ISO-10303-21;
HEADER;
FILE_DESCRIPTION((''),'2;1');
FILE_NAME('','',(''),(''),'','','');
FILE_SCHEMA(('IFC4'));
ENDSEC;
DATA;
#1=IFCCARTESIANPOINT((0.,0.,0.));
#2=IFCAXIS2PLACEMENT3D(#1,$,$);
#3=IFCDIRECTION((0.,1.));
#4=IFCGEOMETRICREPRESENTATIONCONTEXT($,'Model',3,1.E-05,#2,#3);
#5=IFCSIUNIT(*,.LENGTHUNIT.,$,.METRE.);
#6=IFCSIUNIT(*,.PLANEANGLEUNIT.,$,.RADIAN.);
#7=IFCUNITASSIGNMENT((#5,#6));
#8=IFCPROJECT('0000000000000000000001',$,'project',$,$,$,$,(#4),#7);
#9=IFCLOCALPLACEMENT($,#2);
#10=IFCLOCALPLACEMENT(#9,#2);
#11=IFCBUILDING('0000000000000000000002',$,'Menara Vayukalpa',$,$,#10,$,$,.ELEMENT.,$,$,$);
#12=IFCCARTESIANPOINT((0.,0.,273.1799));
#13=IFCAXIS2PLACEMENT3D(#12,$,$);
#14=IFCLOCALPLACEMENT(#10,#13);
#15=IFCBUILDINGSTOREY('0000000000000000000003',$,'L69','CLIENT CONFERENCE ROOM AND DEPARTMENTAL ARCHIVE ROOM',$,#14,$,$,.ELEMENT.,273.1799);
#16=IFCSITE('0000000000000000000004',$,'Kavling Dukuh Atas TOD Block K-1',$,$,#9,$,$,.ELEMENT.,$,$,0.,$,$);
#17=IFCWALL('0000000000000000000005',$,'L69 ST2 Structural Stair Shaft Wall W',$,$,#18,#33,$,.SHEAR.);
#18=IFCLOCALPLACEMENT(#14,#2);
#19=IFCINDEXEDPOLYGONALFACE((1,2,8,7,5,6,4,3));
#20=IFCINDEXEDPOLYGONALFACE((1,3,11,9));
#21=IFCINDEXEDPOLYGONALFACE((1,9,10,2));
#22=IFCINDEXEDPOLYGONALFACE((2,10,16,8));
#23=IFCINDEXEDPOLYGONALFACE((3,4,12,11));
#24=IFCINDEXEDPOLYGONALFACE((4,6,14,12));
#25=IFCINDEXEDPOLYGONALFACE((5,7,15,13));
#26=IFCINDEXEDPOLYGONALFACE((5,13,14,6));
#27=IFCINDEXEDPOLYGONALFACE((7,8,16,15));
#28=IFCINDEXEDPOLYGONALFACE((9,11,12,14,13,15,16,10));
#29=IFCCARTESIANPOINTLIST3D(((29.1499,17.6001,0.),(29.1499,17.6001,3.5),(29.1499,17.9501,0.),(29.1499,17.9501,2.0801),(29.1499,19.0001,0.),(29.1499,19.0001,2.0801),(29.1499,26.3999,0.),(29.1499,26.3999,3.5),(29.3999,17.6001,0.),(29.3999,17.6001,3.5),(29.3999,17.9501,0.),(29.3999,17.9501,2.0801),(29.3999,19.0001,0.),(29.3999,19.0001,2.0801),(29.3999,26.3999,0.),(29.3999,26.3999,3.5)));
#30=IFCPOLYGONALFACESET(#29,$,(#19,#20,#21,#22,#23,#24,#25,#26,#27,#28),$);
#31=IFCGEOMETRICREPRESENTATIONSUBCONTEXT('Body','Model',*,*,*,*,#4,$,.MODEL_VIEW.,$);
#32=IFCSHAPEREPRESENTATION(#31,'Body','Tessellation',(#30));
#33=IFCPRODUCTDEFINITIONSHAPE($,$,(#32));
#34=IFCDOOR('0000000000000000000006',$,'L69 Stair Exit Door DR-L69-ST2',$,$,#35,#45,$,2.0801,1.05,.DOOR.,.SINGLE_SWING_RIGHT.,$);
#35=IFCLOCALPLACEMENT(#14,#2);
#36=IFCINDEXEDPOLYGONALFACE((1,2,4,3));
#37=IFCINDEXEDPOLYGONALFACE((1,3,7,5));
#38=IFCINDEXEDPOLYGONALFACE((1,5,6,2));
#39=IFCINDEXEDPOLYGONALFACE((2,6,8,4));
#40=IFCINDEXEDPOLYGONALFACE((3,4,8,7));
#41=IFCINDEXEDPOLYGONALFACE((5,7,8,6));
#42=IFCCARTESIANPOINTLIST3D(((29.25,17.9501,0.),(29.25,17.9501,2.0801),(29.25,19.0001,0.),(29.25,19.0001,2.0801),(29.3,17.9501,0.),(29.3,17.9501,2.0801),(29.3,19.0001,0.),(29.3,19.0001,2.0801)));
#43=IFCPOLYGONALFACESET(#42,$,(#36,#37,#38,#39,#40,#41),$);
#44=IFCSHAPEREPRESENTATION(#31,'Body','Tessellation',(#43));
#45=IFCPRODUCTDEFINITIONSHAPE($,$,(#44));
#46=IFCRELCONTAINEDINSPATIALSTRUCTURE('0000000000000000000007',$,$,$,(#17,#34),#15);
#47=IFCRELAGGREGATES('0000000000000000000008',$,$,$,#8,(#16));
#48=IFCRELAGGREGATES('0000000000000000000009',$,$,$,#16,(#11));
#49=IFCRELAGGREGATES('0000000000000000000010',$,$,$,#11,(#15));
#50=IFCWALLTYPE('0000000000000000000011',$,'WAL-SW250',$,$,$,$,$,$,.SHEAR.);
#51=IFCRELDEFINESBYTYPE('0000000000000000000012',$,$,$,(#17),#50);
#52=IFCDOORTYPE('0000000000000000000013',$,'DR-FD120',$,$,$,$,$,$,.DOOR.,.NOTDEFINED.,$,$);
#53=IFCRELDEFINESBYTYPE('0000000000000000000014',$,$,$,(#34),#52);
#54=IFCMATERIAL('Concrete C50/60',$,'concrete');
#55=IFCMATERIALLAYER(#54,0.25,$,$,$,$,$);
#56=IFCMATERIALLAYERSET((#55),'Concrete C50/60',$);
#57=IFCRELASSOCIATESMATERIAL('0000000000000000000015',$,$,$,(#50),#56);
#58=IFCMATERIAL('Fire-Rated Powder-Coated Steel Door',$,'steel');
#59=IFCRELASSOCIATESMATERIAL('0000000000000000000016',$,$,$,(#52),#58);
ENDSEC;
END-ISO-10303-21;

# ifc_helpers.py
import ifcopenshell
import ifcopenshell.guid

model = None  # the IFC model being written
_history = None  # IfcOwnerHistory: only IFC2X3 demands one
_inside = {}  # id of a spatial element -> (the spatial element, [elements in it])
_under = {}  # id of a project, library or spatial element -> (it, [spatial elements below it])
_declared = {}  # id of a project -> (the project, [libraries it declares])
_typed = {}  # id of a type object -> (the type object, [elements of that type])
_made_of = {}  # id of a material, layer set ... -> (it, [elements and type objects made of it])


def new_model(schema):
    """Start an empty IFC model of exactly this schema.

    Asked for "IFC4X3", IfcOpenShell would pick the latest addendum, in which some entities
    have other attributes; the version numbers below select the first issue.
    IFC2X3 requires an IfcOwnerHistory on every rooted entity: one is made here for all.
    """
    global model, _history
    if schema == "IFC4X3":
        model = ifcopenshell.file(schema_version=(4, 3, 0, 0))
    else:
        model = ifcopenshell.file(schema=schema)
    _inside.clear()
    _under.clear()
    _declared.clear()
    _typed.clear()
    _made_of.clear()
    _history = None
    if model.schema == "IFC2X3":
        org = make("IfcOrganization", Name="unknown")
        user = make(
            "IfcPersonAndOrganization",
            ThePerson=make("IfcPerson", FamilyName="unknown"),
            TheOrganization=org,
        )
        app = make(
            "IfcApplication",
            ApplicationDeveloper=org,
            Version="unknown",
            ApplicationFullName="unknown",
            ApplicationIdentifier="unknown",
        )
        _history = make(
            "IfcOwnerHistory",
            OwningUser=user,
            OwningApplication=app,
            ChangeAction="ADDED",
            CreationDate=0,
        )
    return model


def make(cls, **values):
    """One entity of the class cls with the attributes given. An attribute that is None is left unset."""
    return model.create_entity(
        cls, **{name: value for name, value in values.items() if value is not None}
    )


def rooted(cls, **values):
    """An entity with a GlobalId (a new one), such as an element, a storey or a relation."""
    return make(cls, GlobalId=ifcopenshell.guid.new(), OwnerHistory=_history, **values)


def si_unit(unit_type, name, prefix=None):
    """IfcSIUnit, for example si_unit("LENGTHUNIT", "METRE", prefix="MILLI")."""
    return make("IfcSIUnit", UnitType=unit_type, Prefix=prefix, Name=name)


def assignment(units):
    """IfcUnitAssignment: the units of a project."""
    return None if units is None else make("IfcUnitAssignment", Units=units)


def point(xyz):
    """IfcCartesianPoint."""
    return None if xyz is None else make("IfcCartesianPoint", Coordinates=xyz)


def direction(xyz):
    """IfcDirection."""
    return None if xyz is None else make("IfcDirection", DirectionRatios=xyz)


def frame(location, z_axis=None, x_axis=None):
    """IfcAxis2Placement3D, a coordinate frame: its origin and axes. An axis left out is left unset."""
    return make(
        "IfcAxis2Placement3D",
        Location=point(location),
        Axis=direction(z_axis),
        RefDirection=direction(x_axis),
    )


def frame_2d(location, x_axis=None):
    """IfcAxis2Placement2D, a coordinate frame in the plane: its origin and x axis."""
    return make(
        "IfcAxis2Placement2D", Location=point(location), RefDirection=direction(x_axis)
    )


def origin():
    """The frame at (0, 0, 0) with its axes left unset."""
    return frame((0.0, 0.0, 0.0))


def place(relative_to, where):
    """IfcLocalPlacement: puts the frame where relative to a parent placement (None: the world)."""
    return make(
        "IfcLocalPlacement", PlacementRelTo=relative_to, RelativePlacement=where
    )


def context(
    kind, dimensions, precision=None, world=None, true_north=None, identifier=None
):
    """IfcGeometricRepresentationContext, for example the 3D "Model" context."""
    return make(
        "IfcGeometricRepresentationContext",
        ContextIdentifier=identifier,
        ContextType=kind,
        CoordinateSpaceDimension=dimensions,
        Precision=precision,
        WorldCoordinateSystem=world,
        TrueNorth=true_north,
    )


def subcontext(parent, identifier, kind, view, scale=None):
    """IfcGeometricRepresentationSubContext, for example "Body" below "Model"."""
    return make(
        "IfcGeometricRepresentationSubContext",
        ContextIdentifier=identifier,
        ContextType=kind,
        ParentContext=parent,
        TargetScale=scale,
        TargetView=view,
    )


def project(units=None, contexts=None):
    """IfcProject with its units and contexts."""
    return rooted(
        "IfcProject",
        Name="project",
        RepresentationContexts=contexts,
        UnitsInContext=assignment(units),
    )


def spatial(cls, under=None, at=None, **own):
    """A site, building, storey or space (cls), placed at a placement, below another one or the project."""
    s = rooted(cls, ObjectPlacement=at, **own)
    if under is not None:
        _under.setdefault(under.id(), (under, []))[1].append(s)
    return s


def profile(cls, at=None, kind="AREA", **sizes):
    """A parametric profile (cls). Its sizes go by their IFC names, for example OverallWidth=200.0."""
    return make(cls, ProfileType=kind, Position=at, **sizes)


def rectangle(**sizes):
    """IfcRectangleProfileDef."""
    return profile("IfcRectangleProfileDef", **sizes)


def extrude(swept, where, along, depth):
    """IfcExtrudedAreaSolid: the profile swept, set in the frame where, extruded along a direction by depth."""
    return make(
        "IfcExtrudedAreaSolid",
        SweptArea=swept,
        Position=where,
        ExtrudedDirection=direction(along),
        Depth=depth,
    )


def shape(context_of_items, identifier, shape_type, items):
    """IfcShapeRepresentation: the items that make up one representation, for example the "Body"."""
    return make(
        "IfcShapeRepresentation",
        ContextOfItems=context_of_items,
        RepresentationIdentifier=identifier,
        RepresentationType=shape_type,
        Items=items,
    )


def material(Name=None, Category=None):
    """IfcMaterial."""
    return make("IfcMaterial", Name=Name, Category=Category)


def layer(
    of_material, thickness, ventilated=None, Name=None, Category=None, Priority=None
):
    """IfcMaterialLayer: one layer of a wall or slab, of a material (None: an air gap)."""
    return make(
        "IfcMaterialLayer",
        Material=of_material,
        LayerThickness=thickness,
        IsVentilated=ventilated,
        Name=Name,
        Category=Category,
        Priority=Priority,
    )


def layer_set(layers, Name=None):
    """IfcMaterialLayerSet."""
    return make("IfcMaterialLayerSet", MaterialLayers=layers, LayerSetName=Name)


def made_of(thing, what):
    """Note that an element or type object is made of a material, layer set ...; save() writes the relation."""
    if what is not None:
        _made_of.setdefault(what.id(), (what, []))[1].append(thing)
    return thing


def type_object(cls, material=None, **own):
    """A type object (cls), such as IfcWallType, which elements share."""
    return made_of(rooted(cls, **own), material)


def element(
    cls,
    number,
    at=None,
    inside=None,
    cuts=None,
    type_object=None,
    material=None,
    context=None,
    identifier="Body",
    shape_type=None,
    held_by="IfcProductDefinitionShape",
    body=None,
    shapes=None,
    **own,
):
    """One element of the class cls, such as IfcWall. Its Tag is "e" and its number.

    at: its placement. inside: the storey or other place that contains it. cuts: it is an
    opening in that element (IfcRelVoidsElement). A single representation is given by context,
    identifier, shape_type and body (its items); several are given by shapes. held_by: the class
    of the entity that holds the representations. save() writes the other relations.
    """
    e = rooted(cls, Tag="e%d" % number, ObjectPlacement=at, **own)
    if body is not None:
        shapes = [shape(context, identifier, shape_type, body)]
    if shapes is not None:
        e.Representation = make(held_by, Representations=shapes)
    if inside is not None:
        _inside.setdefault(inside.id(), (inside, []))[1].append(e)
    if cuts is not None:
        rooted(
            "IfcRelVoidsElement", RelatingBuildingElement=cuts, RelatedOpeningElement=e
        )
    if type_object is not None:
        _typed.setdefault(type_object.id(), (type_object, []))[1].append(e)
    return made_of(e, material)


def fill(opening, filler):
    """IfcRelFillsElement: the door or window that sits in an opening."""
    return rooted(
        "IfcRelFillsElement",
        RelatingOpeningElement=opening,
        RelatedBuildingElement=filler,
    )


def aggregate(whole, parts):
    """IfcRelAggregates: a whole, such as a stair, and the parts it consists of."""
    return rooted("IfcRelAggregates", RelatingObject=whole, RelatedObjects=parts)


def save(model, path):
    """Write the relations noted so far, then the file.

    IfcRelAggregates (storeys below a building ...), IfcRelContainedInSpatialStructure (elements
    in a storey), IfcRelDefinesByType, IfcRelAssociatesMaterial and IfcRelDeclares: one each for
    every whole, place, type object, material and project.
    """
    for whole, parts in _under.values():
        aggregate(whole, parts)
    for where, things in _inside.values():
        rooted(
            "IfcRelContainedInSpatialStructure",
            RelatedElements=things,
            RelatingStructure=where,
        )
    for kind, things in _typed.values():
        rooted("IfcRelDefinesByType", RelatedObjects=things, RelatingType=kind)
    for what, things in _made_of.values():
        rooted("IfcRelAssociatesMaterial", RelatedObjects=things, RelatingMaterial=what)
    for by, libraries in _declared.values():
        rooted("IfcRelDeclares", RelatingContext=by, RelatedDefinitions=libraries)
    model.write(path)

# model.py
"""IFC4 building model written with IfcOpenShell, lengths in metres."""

from ifc_helpers import new_model, si_unit, direction, frame, frame_2d, origin, place, context, subcontext, project, spatial, rectangle, extrude, material, layer, layer_set, type_object, element, fill, save


model = new_model("IFC4")

# Units and contexts
model_context = context("Model", 3, precision=1e-05, world=origin(), true_north=direction((0.0, 1.0)))
body_context = subcontext(model_context, "Body", "Model", "MODEL_VIEW")
ifc_project = project(units=[si_unit("LENGTHUNIT", "METRE"), si_unit("PLANEANGLEUNIT", "RADIAN")], contexts=[model_context])

# Site, building, storey
site_placement = place(None, origin())
site = spatial("IfcSite", under=ifc_project, at=site_placement, Name="Kavling Dukuh Atas TOD Block K-1", CompositionType="ELEMENT", RefElevation=0.0)
building_placement = place(site_placement, origin())
building = spatial("IfcBuilding", under=site, at=building_placement, Name="Menara Vayukalpa", CompositionType="ELEMENT")
storey_placement = place(building_placement, frame((0.0, 0.0, 273.1799)))
storey = spatial("IfcBuildingStorey", under=building, at=storey_placement, Name="L69", Description="CLIENT CONFERENCE ROOM AND DEPARTMENTAL ARCHIVE ROOM", CompositionType="ELEMENT", Elevation=273.1799)

# Wall, opening, door
ifc_material_1 = material(Name="Concrete C50/60", Category="concrete")
ifc_layer_1 = layer(ifc_material_1, 0.25)
ifc_layer_set_1 = layer_set([ifc_layer_1], Name="Concrete C50/60")
wall_type_1 = type_object("IfcWallType", Name="WAL-SW250", PredefinedType="SHEAR", material=ifc_layer_set_1)
wall_1_placement = place(storey_placement, frame((29.2749, 17.6001, 0.0), z_axis=(0.0, 0.0, 1.0), x_axis=(0.0, 1.0, 0.0)))
wall_1 = element("IfcWall", 1, at=wall_1_placement, inside=storey, type_object=wall_type_1, Name="L69 ST2 Structural Stair Shaft Wall W", PredefinedType="SHEAR", context=body_context, shape_type="SweptSolid", body=[
    extrude(rectangle(XDim=8.7998, YDim=0.25, at=frame_2d((4.3999, 0.0))), origin(), (0.0, 0.0, 1.0), 3.5),
])
opening_1_placement = place(wall_1_placement, frame((0.3501, 0.0, 0.0)))
opening_1 = element("IfcOpeningElement", 2, at=opening_1_placement, cuts=wall_1, PredefinedType="OPENING", context=body_context, shape_type="SweptSolid", body=[
    extrude(rectangle(XDim=1.05, YDim=2.0801, at=frame_2d((0.5249, 1.04))), frame((0.0, 0.135, 0.0), z_axis=(0.0, -1.0, 0.0), x_axis=(1.0, 0.0, 0.0)), (0.0, 0.0, 1.0), 0.27),
])
ifc_material_2 = material(Name="Fire-Rated Powder-Coated Steel Door", Category="steel")
door_type_1 = type_object("IfcDoorType", Name="DR-FD120", OperationType="NOTDEFINED", PredefinedType="DOOR", material=ifc_material_2)
door_1_placement = place(opening_1_placement, origin())
door_1 = element("IfcDoor", 3, at=door_1_placement, inside=storey, type_object=door_type_1, Name="L69 Stair Exit Door DR-L69-ST2", OperationType="SINGLE_SWING_RIGHT", OverallHeight=2.0801, OverallWidth=1.05, PredefinedType="DOOR", context=body_context, shape_type="SweptSolid", body=[
    extrude(rectangle(XDim=1.05, YDim=2.0801, at=frame_2d((0.5249, 1.04))), frame((0.0, 0.0249, 0.0), z_axis=(0.0, -1.0, 0.0), x_axis=(1.0, 0.0, 0.0)), (0.0, 0.0, 1.0), 0.05),
])
fill(opening_1, door_1)

save(model, "model.ifc")
